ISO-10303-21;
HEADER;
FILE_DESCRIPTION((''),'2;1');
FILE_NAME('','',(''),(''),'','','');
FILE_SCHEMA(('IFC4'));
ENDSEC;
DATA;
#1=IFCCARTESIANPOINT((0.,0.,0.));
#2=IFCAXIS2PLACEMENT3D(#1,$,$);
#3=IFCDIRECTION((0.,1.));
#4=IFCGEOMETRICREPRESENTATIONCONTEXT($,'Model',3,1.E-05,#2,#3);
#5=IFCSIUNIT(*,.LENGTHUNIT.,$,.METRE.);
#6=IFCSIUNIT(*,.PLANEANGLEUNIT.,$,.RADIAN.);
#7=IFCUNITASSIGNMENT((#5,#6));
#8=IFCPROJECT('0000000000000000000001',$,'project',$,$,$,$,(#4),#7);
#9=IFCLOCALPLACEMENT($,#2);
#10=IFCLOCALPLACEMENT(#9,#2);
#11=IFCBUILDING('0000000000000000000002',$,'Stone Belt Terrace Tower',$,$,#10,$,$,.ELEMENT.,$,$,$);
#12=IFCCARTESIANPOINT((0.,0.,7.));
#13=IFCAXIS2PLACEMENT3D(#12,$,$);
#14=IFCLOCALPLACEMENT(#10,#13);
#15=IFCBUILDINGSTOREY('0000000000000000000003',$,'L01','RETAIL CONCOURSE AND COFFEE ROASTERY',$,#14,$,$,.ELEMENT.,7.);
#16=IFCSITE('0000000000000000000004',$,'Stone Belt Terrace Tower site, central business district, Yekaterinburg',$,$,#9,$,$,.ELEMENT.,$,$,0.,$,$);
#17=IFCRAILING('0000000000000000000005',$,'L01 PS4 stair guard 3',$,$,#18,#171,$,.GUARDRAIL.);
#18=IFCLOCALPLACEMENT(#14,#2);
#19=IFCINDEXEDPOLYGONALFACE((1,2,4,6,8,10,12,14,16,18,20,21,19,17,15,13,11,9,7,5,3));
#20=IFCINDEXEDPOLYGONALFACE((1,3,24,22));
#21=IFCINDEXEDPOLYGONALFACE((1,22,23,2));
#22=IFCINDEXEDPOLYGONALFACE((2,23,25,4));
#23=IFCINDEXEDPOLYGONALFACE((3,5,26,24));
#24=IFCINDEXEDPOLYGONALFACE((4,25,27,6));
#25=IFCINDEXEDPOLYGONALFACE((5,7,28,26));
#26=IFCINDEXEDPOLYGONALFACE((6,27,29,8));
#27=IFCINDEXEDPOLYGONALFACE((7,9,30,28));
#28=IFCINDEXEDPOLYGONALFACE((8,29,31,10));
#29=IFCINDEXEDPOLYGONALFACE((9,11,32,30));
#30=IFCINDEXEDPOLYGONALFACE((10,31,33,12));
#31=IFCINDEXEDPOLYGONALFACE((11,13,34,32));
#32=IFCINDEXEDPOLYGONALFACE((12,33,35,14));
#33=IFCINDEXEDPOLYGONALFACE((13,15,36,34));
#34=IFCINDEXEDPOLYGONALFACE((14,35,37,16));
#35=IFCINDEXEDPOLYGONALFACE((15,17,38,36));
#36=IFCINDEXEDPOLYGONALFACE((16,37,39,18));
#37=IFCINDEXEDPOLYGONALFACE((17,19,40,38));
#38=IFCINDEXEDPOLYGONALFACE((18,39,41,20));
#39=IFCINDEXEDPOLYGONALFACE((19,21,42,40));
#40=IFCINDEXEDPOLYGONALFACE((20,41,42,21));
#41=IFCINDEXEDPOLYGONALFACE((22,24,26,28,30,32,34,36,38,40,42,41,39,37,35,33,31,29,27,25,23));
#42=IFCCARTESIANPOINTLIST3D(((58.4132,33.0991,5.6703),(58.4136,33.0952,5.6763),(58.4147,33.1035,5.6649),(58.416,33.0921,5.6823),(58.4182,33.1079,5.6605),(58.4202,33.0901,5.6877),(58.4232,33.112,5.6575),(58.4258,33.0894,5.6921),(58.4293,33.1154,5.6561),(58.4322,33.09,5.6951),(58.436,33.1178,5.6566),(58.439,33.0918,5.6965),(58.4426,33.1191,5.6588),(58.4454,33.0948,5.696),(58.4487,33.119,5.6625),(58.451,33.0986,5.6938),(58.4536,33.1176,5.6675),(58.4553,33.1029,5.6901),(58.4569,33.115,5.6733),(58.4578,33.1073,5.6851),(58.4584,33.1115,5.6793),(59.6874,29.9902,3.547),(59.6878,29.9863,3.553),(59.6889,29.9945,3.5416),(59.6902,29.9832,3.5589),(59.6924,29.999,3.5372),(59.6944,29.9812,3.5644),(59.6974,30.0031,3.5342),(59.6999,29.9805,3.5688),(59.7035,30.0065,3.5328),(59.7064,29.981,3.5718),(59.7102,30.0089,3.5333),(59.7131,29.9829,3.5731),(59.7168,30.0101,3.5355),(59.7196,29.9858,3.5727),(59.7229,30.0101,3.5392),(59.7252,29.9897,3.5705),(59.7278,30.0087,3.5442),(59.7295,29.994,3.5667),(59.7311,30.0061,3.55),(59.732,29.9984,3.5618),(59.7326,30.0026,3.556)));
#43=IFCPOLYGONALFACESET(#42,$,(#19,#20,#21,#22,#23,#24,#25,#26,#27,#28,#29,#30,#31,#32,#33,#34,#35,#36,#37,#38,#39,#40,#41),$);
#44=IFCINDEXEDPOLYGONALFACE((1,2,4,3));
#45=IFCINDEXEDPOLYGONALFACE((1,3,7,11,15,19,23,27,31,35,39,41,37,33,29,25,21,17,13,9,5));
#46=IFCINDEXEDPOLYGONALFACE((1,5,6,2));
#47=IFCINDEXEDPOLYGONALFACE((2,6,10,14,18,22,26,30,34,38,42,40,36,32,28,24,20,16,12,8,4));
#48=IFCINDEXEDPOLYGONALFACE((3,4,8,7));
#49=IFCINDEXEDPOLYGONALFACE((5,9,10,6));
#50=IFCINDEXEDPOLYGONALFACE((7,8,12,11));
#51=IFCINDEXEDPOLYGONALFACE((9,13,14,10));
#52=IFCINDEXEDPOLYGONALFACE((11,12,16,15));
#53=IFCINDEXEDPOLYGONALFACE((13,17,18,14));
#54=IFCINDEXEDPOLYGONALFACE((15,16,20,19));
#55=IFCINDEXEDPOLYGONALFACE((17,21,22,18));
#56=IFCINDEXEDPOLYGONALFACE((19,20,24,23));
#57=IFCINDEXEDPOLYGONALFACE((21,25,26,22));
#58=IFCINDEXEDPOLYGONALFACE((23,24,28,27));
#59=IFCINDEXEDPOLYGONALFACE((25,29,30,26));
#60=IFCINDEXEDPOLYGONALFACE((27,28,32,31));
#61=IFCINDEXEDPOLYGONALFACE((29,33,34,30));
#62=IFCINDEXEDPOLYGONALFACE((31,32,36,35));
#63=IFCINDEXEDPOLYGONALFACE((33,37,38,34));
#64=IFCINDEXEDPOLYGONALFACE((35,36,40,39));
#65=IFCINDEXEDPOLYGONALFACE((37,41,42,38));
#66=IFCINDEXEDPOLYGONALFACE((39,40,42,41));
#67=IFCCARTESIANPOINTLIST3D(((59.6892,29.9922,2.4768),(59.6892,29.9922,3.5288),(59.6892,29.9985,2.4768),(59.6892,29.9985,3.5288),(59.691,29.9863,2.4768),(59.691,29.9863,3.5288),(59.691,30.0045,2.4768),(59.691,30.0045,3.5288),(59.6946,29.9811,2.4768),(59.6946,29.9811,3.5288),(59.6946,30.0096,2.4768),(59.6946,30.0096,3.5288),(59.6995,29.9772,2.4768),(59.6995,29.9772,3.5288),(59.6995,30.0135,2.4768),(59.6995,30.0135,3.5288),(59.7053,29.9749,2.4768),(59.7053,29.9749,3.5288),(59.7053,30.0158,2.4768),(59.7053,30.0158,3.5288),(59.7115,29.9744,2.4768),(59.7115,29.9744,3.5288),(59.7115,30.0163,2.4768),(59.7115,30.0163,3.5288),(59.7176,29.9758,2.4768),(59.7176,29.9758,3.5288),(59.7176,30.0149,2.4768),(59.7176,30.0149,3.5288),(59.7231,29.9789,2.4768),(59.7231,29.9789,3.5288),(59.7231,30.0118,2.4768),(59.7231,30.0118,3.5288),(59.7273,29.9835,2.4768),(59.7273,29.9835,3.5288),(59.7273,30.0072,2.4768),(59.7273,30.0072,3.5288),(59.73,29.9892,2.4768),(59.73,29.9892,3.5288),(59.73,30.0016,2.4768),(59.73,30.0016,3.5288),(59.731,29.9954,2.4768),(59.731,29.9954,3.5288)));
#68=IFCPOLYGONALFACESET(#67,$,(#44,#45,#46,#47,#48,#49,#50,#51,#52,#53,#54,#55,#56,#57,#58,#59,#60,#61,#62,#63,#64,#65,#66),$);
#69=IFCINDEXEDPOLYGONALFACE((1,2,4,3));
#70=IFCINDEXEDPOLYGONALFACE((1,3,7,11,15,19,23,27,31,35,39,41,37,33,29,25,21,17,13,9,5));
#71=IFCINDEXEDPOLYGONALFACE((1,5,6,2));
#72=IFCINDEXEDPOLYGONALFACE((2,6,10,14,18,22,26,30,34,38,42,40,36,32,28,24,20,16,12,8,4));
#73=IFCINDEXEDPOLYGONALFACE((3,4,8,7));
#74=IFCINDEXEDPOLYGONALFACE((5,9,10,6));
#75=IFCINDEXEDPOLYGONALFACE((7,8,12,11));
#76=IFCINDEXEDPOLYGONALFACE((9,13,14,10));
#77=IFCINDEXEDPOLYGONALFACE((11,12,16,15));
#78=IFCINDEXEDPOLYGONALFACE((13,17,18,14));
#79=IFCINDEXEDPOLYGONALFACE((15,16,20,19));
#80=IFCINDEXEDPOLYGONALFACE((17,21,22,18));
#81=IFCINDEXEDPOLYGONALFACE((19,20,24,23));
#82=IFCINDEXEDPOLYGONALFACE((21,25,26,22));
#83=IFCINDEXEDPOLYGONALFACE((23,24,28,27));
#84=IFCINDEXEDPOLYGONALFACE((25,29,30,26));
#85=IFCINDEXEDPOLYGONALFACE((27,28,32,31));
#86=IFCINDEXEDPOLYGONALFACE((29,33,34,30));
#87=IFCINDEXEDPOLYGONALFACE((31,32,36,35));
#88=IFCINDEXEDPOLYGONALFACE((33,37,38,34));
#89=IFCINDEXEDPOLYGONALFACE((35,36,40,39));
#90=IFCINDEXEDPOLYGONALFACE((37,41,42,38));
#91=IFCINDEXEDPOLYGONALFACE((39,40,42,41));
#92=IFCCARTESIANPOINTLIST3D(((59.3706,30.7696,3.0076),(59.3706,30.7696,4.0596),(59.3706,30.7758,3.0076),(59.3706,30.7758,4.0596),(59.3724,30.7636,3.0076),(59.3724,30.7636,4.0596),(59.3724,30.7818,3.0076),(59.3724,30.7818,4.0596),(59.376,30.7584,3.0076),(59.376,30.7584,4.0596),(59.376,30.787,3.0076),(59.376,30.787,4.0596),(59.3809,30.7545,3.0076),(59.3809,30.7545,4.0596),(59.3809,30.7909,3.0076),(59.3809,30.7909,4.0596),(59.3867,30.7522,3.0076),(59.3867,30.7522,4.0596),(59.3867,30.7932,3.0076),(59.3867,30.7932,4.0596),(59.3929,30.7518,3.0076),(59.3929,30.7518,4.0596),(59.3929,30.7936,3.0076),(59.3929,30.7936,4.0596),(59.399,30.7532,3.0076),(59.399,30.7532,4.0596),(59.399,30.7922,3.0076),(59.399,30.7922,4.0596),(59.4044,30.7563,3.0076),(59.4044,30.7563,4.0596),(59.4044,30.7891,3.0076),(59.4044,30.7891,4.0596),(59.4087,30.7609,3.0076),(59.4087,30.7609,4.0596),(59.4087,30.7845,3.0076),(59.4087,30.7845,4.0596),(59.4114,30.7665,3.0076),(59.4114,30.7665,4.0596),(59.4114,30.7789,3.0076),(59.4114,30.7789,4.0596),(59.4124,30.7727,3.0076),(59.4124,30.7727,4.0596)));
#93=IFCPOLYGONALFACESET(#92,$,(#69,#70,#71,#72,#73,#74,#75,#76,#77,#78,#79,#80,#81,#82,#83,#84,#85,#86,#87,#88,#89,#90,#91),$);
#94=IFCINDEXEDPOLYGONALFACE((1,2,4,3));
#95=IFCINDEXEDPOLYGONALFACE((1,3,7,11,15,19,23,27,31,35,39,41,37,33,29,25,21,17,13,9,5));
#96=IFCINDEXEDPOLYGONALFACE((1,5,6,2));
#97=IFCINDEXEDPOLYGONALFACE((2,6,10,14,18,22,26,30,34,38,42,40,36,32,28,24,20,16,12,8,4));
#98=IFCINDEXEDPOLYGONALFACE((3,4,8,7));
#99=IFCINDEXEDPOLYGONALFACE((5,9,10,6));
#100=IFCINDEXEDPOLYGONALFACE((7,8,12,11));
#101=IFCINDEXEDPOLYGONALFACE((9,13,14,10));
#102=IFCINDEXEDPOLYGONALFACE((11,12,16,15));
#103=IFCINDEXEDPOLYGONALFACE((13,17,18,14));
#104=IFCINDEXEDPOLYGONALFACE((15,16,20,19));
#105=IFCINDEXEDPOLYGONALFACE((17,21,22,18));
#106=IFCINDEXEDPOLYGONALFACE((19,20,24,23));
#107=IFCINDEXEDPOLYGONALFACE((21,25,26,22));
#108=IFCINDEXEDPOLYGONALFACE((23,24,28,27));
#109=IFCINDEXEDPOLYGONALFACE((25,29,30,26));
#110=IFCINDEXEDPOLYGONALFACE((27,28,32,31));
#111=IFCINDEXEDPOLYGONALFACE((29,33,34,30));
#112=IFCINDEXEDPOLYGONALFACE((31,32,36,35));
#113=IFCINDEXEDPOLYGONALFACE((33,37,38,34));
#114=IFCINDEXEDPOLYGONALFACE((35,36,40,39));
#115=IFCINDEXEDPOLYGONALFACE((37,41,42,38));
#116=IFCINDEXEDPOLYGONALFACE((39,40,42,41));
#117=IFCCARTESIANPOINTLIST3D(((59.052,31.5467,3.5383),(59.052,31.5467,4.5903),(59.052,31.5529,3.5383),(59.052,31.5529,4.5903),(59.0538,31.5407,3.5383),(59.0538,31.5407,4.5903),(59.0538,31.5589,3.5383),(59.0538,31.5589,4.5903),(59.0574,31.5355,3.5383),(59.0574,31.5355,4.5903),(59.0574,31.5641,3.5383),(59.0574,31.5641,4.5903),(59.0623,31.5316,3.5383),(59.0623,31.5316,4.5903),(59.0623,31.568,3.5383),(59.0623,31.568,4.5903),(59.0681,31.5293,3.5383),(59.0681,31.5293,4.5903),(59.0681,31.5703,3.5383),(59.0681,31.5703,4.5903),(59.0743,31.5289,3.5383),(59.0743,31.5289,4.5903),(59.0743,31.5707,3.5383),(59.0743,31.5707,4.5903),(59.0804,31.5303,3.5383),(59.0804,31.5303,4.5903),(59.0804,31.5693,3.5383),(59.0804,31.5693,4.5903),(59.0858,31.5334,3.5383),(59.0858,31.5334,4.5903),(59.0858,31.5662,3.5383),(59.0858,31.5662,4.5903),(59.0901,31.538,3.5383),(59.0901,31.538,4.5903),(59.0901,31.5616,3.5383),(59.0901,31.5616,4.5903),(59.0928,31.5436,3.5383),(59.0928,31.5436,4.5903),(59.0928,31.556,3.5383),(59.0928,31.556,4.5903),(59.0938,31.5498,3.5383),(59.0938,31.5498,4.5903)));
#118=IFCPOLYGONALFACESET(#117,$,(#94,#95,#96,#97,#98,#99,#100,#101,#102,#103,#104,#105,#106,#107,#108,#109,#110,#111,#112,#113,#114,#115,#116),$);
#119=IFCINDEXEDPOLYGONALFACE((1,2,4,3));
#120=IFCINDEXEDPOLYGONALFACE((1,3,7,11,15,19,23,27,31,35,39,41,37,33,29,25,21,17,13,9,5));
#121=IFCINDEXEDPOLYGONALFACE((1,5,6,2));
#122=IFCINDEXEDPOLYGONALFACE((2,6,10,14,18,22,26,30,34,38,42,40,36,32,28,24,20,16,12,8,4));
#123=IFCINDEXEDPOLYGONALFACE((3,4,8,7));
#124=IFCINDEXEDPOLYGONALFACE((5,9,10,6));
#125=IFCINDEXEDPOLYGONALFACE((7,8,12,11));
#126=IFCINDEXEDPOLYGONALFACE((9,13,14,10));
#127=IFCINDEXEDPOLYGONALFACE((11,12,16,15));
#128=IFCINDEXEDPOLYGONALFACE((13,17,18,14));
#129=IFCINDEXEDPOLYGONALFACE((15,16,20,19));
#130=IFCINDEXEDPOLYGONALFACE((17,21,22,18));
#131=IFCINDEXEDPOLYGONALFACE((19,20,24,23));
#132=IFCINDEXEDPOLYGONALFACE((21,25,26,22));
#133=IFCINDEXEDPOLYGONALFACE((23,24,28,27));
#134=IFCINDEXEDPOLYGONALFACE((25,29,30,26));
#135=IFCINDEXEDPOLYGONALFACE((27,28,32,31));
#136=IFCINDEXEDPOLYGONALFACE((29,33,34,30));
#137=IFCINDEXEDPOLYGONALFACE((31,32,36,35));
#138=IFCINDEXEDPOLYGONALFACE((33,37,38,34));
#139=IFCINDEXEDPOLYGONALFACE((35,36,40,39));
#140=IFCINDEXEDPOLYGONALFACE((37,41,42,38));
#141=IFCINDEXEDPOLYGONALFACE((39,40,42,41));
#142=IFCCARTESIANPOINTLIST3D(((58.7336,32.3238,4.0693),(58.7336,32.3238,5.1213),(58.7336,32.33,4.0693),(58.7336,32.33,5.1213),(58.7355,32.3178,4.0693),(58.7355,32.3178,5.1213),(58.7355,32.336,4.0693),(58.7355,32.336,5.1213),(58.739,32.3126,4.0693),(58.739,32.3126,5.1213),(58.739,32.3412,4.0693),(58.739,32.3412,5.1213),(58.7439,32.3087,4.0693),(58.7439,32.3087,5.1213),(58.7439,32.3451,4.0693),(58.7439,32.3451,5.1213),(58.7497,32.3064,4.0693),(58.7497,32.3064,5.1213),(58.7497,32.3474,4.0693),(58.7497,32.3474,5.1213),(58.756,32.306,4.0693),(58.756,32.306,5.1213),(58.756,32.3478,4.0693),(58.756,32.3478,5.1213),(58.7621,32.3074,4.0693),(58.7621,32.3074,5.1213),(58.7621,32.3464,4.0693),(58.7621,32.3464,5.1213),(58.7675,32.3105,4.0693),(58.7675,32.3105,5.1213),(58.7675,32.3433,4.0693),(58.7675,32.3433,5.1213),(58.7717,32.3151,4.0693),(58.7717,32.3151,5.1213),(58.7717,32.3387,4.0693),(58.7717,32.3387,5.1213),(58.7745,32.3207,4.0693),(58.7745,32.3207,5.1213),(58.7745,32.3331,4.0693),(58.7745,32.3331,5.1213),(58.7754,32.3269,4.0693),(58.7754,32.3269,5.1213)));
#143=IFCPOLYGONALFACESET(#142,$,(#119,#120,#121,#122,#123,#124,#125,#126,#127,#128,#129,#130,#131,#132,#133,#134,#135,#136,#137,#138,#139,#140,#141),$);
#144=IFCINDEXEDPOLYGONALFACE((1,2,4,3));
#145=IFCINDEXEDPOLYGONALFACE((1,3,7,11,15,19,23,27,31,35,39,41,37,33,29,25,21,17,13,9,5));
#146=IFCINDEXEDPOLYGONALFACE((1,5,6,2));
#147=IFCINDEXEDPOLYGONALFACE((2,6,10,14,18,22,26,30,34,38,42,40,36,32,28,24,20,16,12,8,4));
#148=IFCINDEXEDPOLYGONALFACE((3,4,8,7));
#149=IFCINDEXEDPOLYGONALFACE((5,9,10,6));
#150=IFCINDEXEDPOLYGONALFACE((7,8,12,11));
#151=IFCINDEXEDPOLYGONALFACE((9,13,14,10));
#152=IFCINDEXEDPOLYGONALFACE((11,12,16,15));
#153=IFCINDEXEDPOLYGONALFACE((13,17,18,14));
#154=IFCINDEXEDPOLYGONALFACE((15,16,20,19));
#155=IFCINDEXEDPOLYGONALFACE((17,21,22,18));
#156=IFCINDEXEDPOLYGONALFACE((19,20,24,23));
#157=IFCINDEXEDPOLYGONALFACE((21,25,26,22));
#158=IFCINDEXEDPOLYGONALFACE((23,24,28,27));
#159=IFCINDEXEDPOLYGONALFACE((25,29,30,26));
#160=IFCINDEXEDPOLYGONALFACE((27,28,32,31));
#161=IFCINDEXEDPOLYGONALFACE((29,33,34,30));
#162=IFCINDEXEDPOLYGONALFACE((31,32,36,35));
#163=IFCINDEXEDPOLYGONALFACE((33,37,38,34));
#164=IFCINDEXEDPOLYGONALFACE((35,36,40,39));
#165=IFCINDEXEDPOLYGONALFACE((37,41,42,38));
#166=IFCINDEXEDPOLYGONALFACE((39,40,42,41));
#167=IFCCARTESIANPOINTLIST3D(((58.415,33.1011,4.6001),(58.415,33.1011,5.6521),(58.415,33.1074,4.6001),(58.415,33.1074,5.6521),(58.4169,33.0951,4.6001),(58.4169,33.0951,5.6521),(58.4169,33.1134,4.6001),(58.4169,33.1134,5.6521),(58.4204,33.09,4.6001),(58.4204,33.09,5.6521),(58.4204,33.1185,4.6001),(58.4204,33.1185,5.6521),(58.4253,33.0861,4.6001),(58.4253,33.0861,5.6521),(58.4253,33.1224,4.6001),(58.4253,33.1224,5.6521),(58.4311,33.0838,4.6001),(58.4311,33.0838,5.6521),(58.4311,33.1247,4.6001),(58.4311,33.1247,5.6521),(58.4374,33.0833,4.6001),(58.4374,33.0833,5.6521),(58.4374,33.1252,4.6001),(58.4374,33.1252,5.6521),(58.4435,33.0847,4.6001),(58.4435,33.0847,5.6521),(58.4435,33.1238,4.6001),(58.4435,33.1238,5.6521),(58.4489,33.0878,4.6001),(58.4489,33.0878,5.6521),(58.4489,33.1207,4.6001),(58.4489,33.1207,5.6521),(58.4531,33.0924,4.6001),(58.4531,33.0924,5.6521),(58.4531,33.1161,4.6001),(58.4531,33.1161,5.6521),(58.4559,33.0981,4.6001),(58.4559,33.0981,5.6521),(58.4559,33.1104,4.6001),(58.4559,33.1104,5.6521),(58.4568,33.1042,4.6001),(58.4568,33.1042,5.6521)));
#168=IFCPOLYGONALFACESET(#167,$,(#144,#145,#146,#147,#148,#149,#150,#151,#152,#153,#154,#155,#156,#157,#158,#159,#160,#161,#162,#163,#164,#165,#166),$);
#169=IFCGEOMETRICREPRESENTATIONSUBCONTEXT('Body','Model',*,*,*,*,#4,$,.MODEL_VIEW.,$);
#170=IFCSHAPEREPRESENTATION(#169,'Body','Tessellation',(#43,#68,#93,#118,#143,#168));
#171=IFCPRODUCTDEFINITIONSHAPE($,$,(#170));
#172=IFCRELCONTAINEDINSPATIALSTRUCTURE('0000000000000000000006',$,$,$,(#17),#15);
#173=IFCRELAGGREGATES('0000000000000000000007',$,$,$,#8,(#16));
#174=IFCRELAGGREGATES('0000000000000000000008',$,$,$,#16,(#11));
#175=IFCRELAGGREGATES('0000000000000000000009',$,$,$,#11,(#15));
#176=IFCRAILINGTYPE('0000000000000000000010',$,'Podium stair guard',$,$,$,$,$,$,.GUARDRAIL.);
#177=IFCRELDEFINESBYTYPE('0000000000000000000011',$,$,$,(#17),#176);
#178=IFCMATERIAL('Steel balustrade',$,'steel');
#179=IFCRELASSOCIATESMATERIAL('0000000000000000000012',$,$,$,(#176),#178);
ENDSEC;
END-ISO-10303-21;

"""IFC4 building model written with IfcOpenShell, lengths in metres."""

from ifc_helpers import new_model, si_unit, direction, frame, origin, origin_2d, place, context, subcontext, project, spatial, circle, extrude, material, type_object, element, save


model = new_model("IFC4")

# Units and contexts
model_context = context("Model", 3, precision=1e-05, world=origin(), true_north=direction((0.0, 1.0)))
body_context = subcontext(model_context, "Body", "Model", "MODEL_VIEW")
ifc_project = project(units=[si_unit("LENGTHUNIT", "METRE"), si_unit("PLANEANGLEUNIT", "RADIAN")], contexts=[model_context])

# Site, building, storey
site_placement = place(None, origin())
site = spatial("IfcSite", under=ifc_project, at=site_placement, Name="Stone Belt Terrace Tower site, central business district, Yekaterinburg", CompositionType="ELEMENT", RefElevation=0.0)
building_placement = place(site_placement, origin())
building = spatial("IfcBuilding", under=site, at=building_placement, Name="Stone Belt Terrace Tower", CompositionType="ELEMENT")
storey_placement = place(building_placement, frame((0.0, 0.0, 7.0)))
storey = spatial("IfcBuildingStorey", under=building, at=storey_placement, Name="L01", Description="RETAIL CONCOURSE AND COFFEE ROASTERY", CompositionType="ELEMENT", Elevation=7.0)

# Railing
ifc_material_1 = material(Name="Steel balustrade", Category="steel")
railing_type_1 = type_object("IfcRailingType", Name="Podium stair guard", PredefinedType="GUARDRAIL", material=ifc_material_1)
railing_1_placement = place(storey_placement, frame((59.71, 29.9954, 2.4768)))
element("IfcRailing", 1, at=railing_1_placement, inside=storey, type_object=railing_type_1, Name="L01 PS4 stair guard 3", PredefinedType="GUARDRAIL", context=body_context, shape_type="SweptSolid", body=[
    extrude(circle(Radius=0.0239, at=origin_2d()), frame((0.0, 0.0, 1.0762), z_axis=(-0.320582, 0.782198, 0.534222), x_axis=(-0.925301, -0.379233, 0.0)), (0.0, 0.0, 1.0), 3.9746),
    extrude(circle(Radius=0.021, at=origin_2d()), origin(), (0.0, 0.0, 1.0), 1.052),
    extrude(circle(Radius=0.021, at=origin_2d()), frame((-0.3186, 0.7773, 0.5308)), (0.0, 0.0, 1.0), 1.052),
    extrude(circle(Radius=0.021, at=origin_2d()), frame((-0.6372, 1.5544, 1.0615)), (0.0, 0.0, 1.0), 1.052),
    extrude(circle(Radius=0.021, at=origin_2d()), frame((-0.9556, 2.3315, 1.5925)), (0.0, 0.0, 1.0), 1.052),
    extrude(circle(Radius=0.021, at=origin_2d()), frame((-1.2742, 3.1089, 2.1233)), (0.0, 0.0, 1.0), 1.052),
])

save(model, "model.ifc")
